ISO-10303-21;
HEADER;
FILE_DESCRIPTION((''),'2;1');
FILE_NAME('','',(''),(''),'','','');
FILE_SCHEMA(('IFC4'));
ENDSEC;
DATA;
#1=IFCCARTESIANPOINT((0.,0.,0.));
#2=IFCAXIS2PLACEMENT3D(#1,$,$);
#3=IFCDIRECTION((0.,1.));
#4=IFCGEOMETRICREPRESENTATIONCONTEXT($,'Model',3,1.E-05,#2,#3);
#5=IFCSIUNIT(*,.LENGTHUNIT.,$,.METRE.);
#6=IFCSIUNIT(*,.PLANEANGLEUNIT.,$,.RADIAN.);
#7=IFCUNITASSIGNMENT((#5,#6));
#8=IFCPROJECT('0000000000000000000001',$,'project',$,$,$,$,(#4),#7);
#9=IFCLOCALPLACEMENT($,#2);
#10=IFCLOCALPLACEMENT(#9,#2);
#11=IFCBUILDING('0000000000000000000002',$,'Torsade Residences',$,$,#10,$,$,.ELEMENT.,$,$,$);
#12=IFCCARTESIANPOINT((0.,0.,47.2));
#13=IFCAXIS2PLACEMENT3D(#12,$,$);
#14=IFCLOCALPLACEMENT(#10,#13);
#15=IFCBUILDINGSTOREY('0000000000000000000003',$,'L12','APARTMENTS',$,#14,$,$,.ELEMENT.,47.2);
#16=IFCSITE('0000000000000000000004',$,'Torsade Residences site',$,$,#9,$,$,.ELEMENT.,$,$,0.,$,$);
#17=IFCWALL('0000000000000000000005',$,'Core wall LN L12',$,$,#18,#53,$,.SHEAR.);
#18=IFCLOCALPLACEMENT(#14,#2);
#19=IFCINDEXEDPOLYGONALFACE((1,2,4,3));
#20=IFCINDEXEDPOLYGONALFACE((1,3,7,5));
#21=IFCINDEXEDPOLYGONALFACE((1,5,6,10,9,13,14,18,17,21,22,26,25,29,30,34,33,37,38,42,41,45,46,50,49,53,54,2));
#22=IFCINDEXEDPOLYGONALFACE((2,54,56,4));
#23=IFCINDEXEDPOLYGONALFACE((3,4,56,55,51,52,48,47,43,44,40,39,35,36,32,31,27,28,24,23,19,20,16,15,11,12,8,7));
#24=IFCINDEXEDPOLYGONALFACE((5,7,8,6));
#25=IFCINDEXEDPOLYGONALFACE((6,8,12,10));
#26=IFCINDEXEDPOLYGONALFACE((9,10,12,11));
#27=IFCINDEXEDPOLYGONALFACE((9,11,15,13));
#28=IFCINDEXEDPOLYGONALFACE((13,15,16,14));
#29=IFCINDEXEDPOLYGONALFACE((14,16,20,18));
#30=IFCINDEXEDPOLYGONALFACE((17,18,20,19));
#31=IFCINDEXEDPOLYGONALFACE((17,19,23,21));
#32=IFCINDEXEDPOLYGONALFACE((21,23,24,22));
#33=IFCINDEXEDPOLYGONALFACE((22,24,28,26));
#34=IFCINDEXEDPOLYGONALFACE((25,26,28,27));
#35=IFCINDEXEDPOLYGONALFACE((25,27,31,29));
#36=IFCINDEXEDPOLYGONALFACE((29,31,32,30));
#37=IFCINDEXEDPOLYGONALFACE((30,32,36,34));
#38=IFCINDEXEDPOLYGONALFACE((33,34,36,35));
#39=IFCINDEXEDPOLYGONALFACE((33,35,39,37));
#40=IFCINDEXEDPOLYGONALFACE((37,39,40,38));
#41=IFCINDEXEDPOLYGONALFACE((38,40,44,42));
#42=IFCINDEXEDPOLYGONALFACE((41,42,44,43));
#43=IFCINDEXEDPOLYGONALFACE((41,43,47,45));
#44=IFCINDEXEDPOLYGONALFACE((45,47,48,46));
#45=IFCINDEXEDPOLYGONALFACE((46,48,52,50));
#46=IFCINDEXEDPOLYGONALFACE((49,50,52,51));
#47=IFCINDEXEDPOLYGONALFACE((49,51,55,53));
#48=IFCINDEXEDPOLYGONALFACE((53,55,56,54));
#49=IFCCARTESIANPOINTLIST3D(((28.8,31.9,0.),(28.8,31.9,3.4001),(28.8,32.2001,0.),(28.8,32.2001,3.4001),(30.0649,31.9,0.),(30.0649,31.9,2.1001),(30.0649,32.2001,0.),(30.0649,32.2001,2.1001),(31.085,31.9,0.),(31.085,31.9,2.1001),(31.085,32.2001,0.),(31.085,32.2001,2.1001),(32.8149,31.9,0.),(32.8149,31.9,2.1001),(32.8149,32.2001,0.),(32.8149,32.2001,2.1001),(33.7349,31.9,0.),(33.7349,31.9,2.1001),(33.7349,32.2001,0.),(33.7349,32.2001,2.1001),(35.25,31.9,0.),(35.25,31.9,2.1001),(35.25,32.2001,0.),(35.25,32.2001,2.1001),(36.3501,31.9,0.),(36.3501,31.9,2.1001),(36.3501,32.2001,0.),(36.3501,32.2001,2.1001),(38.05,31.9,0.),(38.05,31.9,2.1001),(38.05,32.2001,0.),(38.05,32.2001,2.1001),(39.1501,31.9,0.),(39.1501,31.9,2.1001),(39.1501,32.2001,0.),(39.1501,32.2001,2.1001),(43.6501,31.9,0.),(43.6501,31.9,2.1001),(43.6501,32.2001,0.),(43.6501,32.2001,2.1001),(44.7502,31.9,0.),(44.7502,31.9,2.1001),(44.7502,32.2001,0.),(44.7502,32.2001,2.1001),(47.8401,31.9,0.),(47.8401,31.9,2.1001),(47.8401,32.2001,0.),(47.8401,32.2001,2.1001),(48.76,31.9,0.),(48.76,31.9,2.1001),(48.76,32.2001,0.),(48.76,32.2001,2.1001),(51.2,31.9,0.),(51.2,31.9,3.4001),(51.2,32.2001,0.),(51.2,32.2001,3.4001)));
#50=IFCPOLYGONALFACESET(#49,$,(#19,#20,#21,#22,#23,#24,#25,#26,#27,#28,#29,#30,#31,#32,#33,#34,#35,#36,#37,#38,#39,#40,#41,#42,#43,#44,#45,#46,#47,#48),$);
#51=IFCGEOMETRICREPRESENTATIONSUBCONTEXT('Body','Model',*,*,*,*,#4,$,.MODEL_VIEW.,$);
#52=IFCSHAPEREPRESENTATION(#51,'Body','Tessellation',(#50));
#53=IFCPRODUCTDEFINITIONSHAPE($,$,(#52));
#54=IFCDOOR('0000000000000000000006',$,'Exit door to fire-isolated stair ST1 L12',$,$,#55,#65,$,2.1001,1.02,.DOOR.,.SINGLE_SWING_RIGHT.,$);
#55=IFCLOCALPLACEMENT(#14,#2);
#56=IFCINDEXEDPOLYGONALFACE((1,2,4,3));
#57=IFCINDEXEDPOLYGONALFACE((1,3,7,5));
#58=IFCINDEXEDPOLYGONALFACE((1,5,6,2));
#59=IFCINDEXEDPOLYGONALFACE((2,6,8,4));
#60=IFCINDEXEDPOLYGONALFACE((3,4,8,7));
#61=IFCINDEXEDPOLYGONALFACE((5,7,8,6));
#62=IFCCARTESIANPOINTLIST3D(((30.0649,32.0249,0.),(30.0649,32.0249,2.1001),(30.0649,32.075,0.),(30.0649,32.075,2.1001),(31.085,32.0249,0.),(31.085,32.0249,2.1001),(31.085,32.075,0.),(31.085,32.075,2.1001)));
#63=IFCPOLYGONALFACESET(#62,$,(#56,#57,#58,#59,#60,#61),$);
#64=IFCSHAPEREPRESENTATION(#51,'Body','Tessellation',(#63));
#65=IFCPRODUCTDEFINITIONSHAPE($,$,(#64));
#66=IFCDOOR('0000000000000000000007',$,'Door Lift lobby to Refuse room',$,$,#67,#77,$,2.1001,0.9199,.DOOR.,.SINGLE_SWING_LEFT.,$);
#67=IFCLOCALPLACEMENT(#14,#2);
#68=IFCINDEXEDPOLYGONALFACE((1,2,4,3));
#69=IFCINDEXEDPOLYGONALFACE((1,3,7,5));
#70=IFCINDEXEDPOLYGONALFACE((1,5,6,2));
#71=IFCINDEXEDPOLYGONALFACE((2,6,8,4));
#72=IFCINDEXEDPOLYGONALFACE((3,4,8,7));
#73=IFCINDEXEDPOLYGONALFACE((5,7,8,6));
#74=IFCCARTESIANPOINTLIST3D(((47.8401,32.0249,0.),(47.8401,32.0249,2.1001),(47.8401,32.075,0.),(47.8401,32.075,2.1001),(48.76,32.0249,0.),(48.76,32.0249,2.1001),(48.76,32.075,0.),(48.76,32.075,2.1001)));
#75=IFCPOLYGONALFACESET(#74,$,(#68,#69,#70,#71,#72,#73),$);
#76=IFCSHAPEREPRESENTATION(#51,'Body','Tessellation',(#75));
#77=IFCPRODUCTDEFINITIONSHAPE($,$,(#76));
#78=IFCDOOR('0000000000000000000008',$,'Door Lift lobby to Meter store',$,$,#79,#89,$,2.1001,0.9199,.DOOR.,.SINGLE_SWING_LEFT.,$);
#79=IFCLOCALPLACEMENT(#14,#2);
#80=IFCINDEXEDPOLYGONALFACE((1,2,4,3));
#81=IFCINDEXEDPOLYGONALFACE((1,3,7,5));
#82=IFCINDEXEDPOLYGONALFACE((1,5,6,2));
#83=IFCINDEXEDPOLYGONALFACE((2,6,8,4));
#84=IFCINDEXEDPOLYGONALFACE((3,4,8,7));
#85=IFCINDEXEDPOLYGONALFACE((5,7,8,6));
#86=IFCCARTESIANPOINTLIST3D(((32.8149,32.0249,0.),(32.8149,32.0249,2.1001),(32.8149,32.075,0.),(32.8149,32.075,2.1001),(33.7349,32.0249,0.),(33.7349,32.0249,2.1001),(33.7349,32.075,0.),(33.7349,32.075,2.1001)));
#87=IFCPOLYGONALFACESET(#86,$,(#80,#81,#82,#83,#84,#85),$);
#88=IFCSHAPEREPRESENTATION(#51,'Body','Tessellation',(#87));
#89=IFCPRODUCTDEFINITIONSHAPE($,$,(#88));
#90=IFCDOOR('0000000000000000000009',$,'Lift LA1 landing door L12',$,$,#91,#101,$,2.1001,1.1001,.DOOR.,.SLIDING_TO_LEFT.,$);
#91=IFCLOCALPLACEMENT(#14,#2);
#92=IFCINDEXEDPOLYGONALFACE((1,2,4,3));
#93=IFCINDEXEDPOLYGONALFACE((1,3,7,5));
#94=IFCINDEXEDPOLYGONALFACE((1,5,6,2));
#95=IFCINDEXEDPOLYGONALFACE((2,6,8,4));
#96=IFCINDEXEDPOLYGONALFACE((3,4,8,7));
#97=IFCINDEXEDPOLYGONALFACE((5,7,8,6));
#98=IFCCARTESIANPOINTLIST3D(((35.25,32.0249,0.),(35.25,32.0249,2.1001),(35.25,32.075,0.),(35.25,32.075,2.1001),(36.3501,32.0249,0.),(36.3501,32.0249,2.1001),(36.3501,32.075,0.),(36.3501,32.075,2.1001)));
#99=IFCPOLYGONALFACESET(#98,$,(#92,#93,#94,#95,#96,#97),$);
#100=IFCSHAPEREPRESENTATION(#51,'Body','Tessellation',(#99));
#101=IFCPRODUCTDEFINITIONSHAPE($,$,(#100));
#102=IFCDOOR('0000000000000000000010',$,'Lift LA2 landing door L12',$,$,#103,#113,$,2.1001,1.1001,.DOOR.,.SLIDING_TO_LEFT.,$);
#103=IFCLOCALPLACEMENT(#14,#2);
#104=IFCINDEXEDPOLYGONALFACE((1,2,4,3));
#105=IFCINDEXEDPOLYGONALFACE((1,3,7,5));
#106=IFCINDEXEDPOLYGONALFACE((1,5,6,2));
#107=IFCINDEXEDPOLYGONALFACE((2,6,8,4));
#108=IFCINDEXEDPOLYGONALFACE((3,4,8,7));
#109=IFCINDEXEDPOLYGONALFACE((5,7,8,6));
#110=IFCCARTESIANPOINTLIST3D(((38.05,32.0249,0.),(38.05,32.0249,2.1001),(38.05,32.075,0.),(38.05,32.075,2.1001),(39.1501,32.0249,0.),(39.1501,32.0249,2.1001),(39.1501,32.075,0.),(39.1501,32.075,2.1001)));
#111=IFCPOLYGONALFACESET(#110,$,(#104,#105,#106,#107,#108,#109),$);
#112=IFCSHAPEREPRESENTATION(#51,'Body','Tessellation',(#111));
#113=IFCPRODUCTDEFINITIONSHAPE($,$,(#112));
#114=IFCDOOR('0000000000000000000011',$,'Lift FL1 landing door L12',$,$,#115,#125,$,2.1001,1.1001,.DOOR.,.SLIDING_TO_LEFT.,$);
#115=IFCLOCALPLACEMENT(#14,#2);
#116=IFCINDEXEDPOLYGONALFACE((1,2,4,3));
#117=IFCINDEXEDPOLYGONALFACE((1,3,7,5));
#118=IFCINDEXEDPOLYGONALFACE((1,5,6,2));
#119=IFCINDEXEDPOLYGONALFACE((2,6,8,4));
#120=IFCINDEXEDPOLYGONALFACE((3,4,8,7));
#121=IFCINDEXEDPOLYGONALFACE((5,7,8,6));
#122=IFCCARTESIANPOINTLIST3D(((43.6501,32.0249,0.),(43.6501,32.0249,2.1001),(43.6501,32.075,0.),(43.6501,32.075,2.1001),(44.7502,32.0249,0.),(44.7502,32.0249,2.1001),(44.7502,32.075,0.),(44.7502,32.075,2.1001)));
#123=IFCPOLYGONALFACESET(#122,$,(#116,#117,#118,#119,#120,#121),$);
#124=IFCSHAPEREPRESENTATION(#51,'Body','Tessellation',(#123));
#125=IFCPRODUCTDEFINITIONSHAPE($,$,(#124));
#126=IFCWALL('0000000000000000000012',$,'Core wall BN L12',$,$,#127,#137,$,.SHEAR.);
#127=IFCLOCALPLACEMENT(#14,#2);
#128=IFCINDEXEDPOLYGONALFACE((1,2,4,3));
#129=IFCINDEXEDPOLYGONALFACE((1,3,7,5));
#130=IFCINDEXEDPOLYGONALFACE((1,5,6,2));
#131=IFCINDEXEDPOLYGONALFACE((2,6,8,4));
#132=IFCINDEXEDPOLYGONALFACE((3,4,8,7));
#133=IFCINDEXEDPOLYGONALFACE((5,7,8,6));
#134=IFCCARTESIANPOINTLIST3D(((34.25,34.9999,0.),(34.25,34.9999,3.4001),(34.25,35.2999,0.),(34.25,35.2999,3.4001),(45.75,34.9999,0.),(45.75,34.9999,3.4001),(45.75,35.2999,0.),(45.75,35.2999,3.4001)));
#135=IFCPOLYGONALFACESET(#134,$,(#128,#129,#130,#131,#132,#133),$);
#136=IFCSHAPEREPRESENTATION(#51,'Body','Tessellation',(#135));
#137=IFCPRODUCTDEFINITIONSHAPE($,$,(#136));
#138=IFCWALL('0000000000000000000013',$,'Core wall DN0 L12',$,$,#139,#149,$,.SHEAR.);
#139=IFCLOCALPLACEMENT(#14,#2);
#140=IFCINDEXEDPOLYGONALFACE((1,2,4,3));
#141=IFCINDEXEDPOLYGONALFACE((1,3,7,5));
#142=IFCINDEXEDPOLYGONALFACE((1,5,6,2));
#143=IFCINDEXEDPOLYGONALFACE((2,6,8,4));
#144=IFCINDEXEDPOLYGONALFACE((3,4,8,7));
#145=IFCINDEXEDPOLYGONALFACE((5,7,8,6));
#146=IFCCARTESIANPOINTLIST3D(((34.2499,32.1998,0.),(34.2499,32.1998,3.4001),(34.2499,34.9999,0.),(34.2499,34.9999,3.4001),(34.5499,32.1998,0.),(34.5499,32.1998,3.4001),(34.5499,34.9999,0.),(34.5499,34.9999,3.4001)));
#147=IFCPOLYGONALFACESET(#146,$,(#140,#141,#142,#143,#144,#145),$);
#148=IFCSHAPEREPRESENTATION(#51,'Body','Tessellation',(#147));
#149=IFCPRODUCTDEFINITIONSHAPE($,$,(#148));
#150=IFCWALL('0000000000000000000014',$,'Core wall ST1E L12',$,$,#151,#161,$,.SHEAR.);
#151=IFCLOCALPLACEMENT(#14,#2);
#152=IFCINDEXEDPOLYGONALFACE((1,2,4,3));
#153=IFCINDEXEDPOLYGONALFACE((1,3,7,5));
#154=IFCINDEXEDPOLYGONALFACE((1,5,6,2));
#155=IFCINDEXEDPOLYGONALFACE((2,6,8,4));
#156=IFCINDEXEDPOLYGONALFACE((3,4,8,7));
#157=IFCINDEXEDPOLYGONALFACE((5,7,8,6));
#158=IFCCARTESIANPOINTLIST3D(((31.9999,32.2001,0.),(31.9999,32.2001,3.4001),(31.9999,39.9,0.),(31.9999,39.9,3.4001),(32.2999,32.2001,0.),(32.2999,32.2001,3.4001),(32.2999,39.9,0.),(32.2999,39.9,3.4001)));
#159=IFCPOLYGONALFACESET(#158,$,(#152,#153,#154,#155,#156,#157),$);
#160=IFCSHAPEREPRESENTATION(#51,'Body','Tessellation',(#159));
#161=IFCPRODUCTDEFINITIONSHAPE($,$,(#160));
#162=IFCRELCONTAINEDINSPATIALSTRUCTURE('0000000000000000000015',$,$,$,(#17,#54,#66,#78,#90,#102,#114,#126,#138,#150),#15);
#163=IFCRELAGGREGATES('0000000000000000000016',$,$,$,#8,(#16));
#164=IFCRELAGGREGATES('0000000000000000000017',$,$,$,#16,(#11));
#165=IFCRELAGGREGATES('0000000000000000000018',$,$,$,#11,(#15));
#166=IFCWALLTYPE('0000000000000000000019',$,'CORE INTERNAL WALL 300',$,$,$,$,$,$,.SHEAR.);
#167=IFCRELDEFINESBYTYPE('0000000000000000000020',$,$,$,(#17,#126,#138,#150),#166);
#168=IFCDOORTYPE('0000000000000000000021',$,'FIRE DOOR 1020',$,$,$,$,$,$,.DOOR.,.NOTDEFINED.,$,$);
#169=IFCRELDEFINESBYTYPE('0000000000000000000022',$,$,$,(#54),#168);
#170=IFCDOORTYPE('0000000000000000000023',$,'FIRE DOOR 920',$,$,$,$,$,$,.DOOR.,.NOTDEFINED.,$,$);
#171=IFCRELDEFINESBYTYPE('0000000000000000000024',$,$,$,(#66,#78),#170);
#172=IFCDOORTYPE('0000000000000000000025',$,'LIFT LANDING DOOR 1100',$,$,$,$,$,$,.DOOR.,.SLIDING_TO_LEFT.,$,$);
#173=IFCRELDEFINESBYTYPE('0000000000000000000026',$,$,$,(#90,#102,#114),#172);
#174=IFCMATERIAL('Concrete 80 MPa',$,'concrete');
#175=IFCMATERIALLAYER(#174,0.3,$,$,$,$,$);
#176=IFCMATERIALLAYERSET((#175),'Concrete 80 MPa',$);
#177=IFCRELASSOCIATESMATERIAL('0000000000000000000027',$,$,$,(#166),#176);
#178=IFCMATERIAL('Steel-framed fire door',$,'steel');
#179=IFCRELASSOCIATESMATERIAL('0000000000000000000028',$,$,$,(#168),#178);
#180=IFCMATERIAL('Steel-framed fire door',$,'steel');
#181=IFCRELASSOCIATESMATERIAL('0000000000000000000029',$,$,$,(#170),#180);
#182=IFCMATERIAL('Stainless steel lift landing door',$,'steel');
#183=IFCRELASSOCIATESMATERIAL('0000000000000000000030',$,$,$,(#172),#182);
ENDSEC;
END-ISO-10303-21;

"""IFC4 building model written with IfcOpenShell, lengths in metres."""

from ifc_helpers import new_model, si_unit, direction, frame, frame_2d, origin, place, context, subcontext, project, spatial, rectangle, extrude, material, layer, layer_set, type_object, element, fill, save


model = new_model("IFC4")

# Units and contexts
model_context = context("Model", 3, precision=1e-05, world=origin(), true_north=direction((0.0, 1.0)))
body_context = subcontext(model_context, "Body", "Model", "MODEL_VIEW")
ifc_project = project(units=[si_unit("LENGTHUNIT", "METRE"), si_unit("PLANEANGLEUNIT", "RADIAN")], contexts=[model_context])

# Site, building, storey
site_placement = place(None, origin())
site = spatial("IfcSite", under=ifc_project, at=site_placement, Name="Torsade Residences site", CompositionType="ELEMENT", RefElevation=0.0)
building_placement = place(site_placement, origin())
building = spatial("IfcBuilding", under=site, at=building_placement, Name="Torsade Residences", CompositionType="ELEMENT")
storey_placement = place(building_placement, frame((0.0, 0.0, 47.2)))
storey = spatial("IfcBuildingStorey", under=building, at=storey_placement, Name="L12", Description="APARTMENTS", CompositionType="ELEMENT", Elevation=47.2)

# Wall, openings, doors
ifc_material_1 = material(Name="Concrete 80 MPa", Category="concrete")
ifc_layer_1 = layer(ifc_material_1, 0.3)
ifc_layer_set_1 = layer_set([ifc_layer_1], Name="Concrete 80 MPa")
wall_type_1 = type_object("IfcWallType", Name="CORE INTERNAL WALL 300", PredefinedType="SHEAR", material=ifc_layer_set_1)
wall_1_placement = place(storey_placement, frame((28.8, 32.05, 0.0), z_axis=(0.0, 0.0, 1.0), x_axis=(1.0, 0.0, 0.0)))
wall_1 = element("IfcWall", 1, at=wall_1_placement, inside=storey, type_object=wall_type_1, Name="Core wall LN L12", PredefinedType="SHEAR", context=body_context, shape_type="SweptSolid", body=[
    extrude(rectangle(XDim=22.3999, YDim=0.3, at=frame_2d((11.2, 0.0))), origin(), (0.0, 0.0, 1.0), 3.4001),
])
opening_1_placement = place(wall_1_placement, frame((19.04, 0.0, 0.0)))
opening_1 = element("IfcOpeningElement", 2, at=opening_1_placement, cuts=wall_1, PredefinedType="OPENING", context=body_context, shape_type="SweptSolid", body=[
    extrude(rectangle(XDim=0.9199, YDim=2.1001, at=frame_2d((0.46, 1.05))), frame((0.0, 0.1599, 0.0), z_axis=(0.0, -1.0, 0.0), x_axis=(1.0, 0.0, 0.0)), (0.0, 0.0, 1.0), 0.3201),
])
opening_2_placement = place(wall_1_placement, frame((1.2649, 0.0, 0.0)))
opening_2 = element("IfcOpeningElement", 3, at=opening_2_placement, cuts=wall_1, PredefinedType="OPENING", context=body_context, shape_type="SweptSolid", body=[
    extrude(rectangle(XDim=1.02, YDim=2.1001, at=frame_2d((0.51, 1.05))), frame((0.0, 0.1599, 0.0), z_axis=(0.0, -1.0, 0.0), x_axis=(1.0, 0.0, 0.0)), (0.0, 0.0, 1.0), 0.3201),
])
opening_3_placement = place(wall_1_placement, frame((4.0149, 0.0, 0.0)))
opening_3 = element("IfcOpeningElement", 4, at=opening_3_placement, cuts=wall_1, PredefinedType="OPENING", context=body_context, shape_type="SweptSolid", body=[
    extrude(rectangle(XDim=0.9199, YDim=2.1001, at=frame_2d((0.46, 1.05))), frame((0.0, 0.1599, 0.0), z_axis=(0.0, -1.0, 0.0), x_axis=(1.0, 0.0, 0.0)), (0.0, 0.0, 1.0), 0.3201),
])
opening_4_placement = place(wall_1_placement, frame((6.45, 0.0, 0.0)))
opening_4 = element("IfcOpeningElement", 5, at=opening_4_placement, cuts=wall_1, PredefinedType="OPENING", context=body_context, shape_type="SweptSolid", body=[
    extrude(rectangle(XDim=1.1001, YDim=2.1001, at=frame_2d((0.55, 1.05))), frame((0.0, 0.1599, 0.0), z_axis=(0.0, -1.0, 0.0), x_axis=(1.0, 0.0, 0.0)), (0.0, 0.0, 1.0), 0.3201),
])
opening_5_placement = place(wall_1_placement, frame((9.25, 0.0, 0.0)))
opening_5 = element("IfcOpeningElement", 6, at=opening_5_placement, cuts=wall_1, PredefinedType="OPENING", context=body_context, shape_type="SweptSolid", body=[
    extrude(rectangle(XDim=1.1001, YDim=2.1001, at=frame_2d((0.55, 1.05))), frame((0.0, 0.1599, 0.0), z_axis=(0.0, -1.0, 0.0), x_axis=(1.0, 0.0, 0.0)), (0.0, 0.0, 1.0), 0.3201),
])
opening_6_placement = place(wall_1_placement, frame((14.8501, 0.0, 0.0)))
opening_6 = element("IfcOpeningElement", 7, at=opening_6_placement, cuts=wall_1, PredefinedType="OPENING", context=body_context, shape_type="SweptSolid", body=[
    extrude(rectangle(XDim=1.1001, YDim=2.1001, at=frame_2d((0.55, 1.05))), frame((0.0, 0.1599, 0.0), z_axis=(0.0, -1.0, 0.0), x_axis=(1.0, 0.0, 0.0)), (0.0, 0.0, 1.0), 0.3201),
])
ifc_material_2 = material(Name="Steel-framed fire door", Category="steel")
door_type_1 = type_object("IfcDoorType", Name="FIRE DOOR 1020", OperationType="NOTDEFINED", PredefinedType="DOOR", material=ifc_material_2)
door_1_placement = place(opening_2_placement, origin())
door_1 = element("IfcDoor", 8, at=door_1_placement, inside=storey, type_object=door_type_1, Name="Exit door to fire-isolated stair ST1 L12", OperationType="SINGLE_SWING_RIGHT", OverallHeight=2.1001, OverallWidth=1.02, PredefinedType="DOOR", context=body_context, shape_type="SweptSolid", body=[
    extrude(rectangle(XDim=1.02, YDim=2.1001, at=frame_2d((0.51, 1.05))), frame((0.0, 0.0249, 0.0), z_axis=(0.0, -1.0, 0.0), x_axis=(1.0, 0.0, 0.0)), (0.0, 0.0, 1.0), 0.05),
])
fill(opening_2, door_1)
ifc_material_3 = material(Name="Steel-framed fire door", Category="steel")
door_type_2 = type_object("IfcDoorType", Name="FIRE DOOR 920", OperationType="NOTDEFINED", PredefinedType="DOOR", material=ifc_material_3)
door_2_placement = place(opening_1_placement, origin())
door_2 = element("IfcDoor", 9, at=door_2_placement, inside=storey, type_object=door_type_2, Name="Door Lift lobby to Refuse room", OperationType="SINGLE_SWING_LEFT", OverallHeight=2.1001, OverallWidth=0.9199, PredefinedType="DOOR", context=body_context, shape_type="SweptSolid", body=[
    extrude(rectangle(XDim=0.9199, YDim=2.1001, at=frame_2d((0.46, 1.05))), frame((0.0, 0.0249, 0.0), z_axis=(0.0, -1.0, 0.0), x_axis=(1.0, 0.0, 0.0)), (0.0, 0.0, 1.0), 0.05),
])
fill(opening_1, door_2)
door_3_placement = place(opening_3_placement, origin())
door_3 = element("IfcDoor", 10, at=door_3_placement, inside=storey, type_object=door_type_2, Name="Door Lift lobby to Meter store", OperationType="SINGLE_SWING_LEFT", OverallHeight=2.1001, OverallWidth=0.9199, PredefinedType="DOOR", context=body_context, shape_type="SweptSolid", body=[
    extrude(rectangle(XDim=0.9199, YDim=2.1001, at=frame_2d((0.46, 1.05))), frame((0.0, 0.0249, 0.0), z_axis=(0.0, -1.0, 0.0), x_axis=(1.0, 0.0, 0.0)), (0.0, 0.0, 1.0), 0.05),
])
fill(opening_3, door_3)
ifc_material_4 = material(Name="Stainless steel lift landing door", Category="steel")
door_type_3 = type_object("IfcDoorType", Name="LIFT LANDING DOOR 1100", OperationType="SLIDING_TO_LEFT", PredefinedType="DOOR", material=ifc_material_4)
door_4_placement = place(opening_4_placement, origin())
door_4 = element("IfcDoor", 11, at=door_4_placement, inside=storey, type_object=door_type_3, Name="Lift LA1 landing door L12", OperationType="SLIDING_TO_LEFT", OverallHeight=2.1001, OverallWidth=1.1001, PredefinedType="DOOR", context=body_context, shape_type="SweptSolid", body=[
    extrude(rectangle(XDim=1.1001, YDim=2.1001, at=frame_2d((0.55, 1.05))), frame((0.0, 0.0249, 0.0), z_axis=(0.0, -1.0, 0.0), x_axis=(1.0, 0.0, 0.0)), (0.0, 0.0, 1.0), 0.05),
])
fill(opening_4, door_4)
door_5_placement = place(opening_5_placement, origin())
door_5 = element("IfcDoor", 12, at=door_5_placement, inside=storey, type_object=door_type_3, Name="Lift LA2 landing door L12", OperationType="SLIDING_TO_LEFT", OverallHeight=2.1001, OverallWidth=1.1001, PredefinedType="DOOR", context=body_context, shape_type="SweptSolid", body=[
    extrude(rectangle(XDim=1.1001, YDim=2.1001, at=frame_2d((0.55, 1.05))), frame((0.0, 0.0249, 0.0), z_axis=(0.0, -1.0, 0.0), x_axis=(1.0, 0.0, 0.0)), (0.0, 0.0, 1.0), 0.05),
])
fill(opening_5, door_5)
door_6_placement = place(opening_6_placement, origin())
door_6 = element("IfcDoor", 13, at=door_6_placement, inside=storey, type_object=door_type_3, Name="Lift FL1 landing door L12", OperationType="SLIDING_TO_LEFT", OverallHeight=2.1001, OverallWidth=1.1001, PredefinedType="DOOR", context=body_context, shape_type="SweptSolid", body=[
    extrude(rectangle(XDim=1.1001, YDim=2.1001, at=frame_2d((0.55, 1.05))), frame((0.0, 0.0249, 0.0), z_axis=(0.0, -1.0, 0.0), x_axis=(1.0, 0.0, 0.0)), (0.0, 0.0, 1.0), 0.05),
])
fill(opening_6, door_6)

# Walls
wall_2_placement = place(storey_placement, frame((34.25, 35.1499, 0.0), z_axis=(0.0, 0.0, 1.0), x_axis=(1.0, 0.0, 0.0)))
element("IfcWall", 14, at=wall_2_placement, inside=storey, type_object=wall_type_1, Name="Core wall BN L12", PredefinedType="SHEAR", context=body_context, shape_type="SweptSolid", body=[
    extrude(rectangle(XDim=11.5, YDim=0.3, at=frame_2d((5.75, 0.0))), origin(), (0.0, 0.0, 1.0), 3.4001),
])
wall_3_placement = place(storey_placement, frame((34.3999, 32.2, 0.0), z_axis=(0.0, 0.0, 1.0), x_axis=(0.0, 1.0, 0.0)))
element("IfcWall", 15, at=wall_3_placement, inside=storey, type_object=wall_type_1, Name="Core wall DN0 L12", PredefinedType="SHEAR", context=body_context, shape_type="SweptSolid", body=[
    extrude(rectangle(XDim=2.8, YDim=0.3, at=frame_2d((1.3999, 0.0))), origin(), (0.0, 0.0, 1.0), 3.4001),
])
wall_4_placement = place(storey_placement, frame((32.1499, 32.2, 0.0), z_axis=(0.0, 0.0, 1.0), x_axis=(0.0, 1.0, 0.0)))
element("IfcWall", 16, at=wall_4_placement, inside=storey, type_object=wall_type_1, Name="Core wall ST1E L12", PredefinedType="SHEAR", context=body_context, shape_type="SweptSolid", body=[
    extrude(rectangle(XDim=7.7, YDim=0.3, at=frame_2d((3.8501, 0.0))), origin(), (0.0, 0.0, 1.0), 3.4001),
])

save(model, "model.ifc")
